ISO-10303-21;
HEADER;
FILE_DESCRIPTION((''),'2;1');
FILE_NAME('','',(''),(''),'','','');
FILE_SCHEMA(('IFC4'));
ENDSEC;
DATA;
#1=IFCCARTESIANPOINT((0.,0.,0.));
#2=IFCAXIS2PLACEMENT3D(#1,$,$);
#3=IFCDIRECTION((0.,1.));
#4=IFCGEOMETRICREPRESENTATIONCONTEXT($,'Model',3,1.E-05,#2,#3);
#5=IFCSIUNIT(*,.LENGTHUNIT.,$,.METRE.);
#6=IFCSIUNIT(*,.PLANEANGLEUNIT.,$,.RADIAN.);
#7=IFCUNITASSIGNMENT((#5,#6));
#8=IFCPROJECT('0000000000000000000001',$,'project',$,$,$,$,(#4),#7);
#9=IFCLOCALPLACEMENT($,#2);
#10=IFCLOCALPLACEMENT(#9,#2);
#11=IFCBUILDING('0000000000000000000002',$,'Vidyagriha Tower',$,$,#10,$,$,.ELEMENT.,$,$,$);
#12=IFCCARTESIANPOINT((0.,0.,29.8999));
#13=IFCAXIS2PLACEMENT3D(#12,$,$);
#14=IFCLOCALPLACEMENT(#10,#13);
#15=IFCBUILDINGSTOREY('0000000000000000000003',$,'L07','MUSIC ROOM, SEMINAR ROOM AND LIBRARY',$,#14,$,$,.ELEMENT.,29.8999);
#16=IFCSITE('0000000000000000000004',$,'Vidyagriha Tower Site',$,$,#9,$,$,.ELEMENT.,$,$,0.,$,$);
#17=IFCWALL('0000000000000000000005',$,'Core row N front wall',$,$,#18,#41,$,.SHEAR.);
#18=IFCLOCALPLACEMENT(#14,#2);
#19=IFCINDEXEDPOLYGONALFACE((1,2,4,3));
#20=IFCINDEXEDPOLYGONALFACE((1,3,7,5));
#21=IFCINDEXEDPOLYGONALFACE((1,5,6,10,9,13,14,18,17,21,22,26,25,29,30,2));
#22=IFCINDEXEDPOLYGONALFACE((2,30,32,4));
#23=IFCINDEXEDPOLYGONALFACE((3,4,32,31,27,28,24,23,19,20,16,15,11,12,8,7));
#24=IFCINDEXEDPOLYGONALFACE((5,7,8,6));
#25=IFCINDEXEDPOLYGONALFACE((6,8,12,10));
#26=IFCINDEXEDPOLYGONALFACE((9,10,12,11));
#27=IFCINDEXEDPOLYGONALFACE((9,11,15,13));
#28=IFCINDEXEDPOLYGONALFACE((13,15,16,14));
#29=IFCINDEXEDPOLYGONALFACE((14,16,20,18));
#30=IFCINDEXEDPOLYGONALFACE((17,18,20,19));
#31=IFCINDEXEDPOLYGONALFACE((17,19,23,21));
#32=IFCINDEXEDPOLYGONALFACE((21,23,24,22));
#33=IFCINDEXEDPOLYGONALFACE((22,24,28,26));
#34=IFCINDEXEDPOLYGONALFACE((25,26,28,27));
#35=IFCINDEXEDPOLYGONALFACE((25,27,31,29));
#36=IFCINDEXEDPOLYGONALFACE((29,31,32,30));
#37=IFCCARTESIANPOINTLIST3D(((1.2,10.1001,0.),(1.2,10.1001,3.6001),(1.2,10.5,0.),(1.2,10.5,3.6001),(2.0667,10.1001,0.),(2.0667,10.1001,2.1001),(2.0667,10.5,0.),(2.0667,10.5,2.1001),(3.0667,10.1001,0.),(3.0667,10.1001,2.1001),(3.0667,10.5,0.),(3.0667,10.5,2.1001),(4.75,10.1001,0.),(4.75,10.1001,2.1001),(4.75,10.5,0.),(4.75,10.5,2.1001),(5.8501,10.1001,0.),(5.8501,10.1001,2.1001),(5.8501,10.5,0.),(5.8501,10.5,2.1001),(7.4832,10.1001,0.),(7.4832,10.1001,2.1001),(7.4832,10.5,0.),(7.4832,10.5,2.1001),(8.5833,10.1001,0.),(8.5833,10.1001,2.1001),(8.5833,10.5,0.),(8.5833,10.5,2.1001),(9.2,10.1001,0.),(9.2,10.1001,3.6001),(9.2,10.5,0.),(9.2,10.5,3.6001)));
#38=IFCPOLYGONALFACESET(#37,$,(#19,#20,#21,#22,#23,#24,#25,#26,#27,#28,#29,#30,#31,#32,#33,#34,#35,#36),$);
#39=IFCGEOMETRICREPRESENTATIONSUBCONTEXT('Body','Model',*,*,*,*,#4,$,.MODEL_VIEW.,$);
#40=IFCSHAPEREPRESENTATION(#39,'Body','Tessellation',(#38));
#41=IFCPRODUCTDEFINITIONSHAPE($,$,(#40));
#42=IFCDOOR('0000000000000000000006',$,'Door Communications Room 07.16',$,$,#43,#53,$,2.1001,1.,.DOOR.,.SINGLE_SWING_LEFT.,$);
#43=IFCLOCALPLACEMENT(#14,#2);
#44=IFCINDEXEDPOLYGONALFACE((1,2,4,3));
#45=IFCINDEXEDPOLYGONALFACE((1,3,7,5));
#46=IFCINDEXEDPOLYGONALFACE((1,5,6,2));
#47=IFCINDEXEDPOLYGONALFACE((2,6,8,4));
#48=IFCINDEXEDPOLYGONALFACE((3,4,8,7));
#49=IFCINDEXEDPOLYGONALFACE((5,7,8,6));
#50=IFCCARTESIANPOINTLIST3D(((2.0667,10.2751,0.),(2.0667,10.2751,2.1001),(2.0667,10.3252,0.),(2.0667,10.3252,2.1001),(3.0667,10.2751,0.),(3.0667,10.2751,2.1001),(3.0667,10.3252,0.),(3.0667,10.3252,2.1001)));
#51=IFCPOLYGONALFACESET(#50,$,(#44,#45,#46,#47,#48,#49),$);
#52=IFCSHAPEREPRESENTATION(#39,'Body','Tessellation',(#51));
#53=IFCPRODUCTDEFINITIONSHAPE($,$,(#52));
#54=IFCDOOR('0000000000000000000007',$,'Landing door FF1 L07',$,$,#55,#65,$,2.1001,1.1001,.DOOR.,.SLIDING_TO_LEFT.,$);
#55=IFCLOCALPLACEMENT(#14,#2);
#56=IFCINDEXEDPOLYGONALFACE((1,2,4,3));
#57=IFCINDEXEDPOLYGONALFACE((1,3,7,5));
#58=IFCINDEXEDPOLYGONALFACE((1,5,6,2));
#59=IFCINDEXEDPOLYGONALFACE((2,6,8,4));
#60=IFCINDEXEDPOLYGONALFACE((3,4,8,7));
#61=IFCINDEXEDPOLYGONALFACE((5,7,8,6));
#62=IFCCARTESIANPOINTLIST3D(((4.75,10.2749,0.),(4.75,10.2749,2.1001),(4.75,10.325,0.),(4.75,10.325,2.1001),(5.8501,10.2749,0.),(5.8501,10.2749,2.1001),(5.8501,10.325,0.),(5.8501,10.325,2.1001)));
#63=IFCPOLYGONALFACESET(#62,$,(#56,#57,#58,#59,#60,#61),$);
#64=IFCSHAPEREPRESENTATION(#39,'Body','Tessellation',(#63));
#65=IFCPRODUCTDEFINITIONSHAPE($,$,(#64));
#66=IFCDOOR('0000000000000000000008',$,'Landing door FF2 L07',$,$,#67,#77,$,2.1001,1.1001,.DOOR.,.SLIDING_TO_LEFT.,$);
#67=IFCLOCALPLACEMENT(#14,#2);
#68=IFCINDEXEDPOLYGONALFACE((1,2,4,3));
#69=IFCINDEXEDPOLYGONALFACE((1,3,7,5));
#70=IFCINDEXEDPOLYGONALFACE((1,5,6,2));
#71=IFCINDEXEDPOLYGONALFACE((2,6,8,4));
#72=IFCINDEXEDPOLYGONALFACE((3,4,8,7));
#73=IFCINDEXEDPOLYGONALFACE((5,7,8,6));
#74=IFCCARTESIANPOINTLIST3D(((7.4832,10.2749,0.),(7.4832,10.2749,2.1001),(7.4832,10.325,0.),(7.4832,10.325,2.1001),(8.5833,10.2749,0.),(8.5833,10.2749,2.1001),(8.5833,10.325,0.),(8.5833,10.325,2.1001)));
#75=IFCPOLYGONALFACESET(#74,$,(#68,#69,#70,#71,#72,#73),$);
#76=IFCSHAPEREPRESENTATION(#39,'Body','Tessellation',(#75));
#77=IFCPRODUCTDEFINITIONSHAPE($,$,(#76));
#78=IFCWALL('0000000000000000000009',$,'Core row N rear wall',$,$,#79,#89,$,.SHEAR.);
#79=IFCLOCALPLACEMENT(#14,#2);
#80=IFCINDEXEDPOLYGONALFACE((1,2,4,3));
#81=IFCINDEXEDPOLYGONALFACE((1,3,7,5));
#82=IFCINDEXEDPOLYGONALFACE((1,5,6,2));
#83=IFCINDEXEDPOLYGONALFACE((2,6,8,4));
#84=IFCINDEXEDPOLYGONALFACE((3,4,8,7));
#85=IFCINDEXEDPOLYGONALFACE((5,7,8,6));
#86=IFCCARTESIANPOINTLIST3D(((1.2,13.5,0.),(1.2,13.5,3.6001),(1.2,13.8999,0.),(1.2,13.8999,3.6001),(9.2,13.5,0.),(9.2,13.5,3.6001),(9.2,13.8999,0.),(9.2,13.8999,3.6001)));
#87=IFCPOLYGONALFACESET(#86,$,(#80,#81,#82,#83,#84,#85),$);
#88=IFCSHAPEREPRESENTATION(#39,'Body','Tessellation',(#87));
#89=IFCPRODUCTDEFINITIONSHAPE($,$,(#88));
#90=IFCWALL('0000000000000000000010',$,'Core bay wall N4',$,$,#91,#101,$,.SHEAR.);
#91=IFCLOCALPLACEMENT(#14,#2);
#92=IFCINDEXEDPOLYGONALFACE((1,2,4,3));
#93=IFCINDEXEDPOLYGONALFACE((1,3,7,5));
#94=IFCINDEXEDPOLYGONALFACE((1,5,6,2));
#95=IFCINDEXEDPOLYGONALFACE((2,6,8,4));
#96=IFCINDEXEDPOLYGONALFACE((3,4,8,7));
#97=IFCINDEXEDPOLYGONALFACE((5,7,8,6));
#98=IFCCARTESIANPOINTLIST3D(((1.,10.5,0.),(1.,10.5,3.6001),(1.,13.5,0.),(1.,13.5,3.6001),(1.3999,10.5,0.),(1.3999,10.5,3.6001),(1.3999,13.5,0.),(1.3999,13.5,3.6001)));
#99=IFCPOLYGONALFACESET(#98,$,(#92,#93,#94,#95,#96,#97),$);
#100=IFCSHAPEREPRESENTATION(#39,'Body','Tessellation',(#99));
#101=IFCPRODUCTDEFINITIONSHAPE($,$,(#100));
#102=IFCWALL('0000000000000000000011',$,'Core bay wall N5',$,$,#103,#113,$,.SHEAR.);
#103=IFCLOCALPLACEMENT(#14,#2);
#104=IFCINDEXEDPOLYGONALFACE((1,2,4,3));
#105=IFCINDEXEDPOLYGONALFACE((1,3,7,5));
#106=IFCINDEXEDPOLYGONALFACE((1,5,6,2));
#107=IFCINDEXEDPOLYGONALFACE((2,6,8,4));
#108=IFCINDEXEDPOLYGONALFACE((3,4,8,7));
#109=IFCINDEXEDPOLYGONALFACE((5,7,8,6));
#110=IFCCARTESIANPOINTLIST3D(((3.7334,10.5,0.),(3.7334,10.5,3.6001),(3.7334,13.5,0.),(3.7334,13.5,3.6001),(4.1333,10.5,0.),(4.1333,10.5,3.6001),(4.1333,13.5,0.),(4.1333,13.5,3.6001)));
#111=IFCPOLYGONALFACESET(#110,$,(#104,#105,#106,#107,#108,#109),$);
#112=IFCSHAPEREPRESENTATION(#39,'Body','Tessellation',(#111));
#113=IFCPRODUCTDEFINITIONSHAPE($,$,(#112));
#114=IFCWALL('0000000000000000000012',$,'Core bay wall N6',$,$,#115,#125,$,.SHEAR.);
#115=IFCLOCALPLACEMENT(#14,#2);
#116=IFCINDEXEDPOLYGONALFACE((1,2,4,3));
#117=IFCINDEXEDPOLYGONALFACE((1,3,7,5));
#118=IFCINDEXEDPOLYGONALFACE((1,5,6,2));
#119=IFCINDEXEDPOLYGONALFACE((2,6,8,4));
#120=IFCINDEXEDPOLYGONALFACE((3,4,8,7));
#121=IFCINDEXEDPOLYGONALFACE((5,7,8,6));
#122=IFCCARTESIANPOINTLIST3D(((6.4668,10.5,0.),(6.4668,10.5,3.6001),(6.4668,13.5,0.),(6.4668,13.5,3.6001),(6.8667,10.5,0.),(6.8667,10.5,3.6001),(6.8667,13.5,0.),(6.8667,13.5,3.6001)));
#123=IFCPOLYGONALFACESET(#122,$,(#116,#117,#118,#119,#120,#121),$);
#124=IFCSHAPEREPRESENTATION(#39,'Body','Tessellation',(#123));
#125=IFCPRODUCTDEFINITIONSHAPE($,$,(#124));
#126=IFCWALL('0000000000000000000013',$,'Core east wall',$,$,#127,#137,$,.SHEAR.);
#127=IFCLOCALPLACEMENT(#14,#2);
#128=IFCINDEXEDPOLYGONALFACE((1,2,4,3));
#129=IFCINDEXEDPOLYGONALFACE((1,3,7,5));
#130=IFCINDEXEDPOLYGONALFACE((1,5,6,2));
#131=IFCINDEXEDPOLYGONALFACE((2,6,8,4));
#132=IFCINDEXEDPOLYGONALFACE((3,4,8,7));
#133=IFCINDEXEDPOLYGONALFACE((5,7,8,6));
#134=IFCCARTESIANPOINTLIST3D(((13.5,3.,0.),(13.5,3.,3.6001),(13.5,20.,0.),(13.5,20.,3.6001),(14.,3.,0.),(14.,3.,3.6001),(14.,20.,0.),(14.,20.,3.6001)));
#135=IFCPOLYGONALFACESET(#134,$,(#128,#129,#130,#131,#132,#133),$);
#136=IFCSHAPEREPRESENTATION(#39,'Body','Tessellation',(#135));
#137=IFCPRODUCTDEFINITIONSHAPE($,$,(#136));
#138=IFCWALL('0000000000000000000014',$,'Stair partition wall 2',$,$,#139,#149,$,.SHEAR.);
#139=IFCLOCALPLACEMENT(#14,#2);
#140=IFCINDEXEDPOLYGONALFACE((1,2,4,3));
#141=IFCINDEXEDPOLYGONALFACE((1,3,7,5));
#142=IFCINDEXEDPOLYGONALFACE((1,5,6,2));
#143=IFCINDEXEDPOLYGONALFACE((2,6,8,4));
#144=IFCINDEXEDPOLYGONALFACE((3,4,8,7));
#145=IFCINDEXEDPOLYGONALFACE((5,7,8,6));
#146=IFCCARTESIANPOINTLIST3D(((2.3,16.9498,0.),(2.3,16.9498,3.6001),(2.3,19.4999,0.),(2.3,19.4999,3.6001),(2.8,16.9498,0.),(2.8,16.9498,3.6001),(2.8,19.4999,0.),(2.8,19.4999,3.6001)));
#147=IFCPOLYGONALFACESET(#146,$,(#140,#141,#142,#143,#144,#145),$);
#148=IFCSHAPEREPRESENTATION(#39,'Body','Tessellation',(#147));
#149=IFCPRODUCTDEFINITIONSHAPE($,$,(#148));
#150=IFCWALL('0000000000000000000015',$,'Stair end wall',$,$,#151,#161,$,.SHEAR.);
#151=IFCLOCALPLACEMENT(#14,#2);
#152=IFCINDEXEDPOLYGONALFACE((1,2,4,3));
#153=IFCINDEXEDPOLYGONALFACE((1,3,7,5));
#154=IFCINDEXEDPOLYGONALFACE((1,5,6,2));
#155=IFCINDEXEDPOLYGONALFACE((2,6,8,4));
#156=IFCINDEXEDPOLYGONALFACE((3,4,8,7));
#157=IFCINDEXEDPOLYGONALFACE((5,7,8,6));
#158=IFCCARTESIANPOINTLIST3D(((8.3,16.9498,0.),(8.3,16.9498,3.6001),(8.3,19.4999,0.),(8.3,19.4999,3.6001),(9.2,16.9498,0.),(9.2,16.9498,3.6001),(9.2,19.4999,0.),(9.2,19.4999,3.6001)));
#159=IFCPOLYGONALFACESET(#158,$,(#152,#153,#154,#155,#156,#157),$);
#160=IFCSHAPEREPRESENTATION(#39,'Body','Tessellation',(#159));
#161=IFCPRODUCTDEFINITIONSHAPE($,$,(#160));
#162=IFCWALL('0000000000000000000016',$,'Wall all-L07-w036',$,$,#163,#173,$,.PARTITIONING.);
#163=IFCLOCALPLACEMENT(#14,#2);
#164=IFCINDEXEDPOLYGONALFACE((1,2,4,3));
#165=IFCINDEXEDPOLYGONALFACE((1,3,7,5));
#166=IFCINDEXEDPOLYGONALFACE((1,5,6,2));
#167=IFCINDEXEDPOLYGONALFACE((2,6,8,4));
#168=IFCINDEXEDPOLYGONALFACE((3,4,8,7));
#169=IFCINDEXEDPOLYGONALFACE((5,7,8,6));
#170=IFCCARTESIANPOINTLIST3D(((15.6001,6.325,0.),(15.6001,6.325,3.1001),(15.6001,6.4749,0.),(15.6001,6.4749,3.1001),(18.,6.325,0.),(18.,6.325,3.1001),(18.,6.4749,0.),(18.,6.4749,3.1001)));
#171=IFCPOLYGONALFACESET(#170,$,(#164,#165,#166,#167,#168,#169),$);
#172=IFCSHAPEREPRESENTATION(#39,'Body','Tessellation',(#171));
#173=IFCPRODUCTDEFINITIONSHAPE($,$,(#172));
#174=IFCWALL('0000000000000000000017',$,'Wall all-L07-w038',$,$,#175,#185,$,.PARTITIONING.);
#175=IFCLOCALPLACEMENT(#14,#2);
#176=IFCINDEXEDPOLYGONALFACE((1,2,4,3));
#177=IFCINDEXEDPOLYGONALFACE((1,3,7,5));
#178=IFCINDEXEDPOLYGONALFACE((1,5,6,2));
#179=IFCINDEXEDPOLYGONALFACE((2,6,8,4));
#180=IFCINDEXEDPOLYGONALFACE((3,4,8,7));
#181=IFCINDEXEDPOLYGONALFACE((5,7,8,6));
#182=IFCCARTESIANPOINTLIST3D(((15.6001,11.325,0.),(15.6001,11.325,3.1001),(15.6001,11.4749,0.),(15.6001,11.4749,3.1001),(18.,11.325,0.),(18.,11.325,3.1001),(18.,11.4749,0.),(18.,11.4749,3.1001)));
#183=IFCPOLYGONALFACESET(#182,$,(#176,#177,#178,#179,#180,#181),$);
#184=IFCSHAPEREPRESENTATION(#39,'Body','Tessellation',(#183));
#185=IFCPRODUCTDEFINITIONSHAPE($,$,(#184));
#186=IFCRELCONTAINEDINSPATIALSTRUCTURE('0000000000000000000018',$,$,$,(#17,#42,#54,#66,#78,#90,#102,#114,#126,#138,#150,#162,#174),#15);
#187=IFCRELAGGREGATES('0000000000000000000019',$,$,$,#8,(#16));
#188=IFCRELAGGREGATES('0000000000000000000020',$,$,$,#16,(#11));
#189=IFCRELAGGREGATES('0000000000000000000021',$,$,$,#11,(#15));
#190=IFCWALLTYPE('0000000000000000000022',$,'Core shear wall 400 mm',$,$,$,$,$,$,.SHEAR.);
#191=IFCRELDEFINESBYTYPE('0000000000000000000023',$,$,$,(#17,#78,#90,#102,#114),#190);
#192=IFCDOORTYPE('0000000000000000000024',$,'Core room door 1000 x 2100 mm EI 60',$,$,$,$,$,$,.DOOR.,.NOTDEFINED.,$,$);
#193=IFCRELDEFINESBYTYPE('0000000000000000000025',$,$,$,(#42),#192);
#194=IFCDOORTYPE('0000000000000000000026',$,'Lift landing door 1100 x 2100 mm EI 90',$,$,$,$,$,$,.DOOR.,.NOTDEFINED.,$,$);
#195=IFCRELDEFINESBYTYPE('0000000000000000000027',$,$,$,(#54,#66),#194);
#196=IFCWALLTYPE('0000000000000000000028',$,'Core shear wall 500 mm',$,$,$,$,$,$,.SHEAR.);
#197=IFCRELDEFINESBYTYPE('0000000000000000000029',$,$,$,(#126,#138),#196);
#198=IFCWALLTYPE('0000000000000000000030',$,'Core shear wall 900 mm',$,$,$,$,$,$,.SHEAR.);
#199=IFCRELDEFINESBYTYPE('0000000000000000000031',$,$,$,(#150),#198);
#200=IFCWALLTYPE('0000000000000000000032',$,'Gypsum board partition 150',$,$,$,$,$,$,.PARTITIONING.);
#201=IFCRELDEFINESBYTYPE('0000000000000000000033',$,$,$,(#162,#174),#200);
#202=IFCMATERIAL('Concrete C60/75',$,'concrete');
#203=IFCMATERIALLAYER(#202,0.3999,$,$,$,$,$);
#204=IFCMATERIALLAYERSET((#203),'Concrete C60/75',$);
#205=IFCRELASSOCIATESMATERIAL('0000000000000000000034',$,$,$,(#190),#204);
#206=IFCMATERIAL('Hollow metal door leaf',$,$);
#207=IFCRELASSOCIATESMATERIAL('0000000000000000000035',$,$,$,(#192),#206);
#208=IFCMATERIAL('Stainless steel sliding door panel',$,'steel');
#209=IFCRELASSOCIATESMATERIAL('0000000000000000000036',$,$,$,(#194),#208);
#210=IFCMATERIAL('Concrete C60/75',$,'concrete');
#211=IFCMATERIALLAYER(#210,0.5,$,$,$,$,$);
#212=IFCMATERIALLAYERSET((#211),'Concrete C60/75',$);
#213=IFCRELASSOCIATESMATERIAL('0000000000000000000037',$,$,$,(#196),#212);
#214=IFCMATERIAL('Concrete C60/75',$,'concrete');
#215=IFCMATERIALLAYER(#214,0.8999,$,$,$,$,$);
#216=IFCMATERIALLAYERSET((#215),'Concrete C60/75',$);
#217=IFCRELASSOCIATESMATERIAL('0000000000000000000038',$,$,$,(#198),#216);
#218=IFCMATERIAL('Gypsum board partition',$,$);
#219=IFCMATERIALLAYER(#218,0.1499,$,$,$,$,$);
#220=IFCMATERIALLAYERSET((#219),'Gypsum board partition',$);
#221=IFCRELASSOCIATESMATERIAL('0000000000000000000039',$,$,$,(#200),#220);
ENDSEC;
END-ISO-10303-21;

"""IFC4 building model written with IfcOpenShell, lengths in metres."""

from ifc_helpers import new_model, si_unit, direction, frame, frame_2d, origin, place, context, subcontext, project, spatial, rectangle, extrude, material, layer, layer_set, type_object, element, fill, save


model = new_model("IFC4")

# Units and contexts
model_context = context("Model", 3, precision=1e-05, world=origin(), true_north=direction((0.0, 1.0)))
body_context = subcontext(model_context, "Body", "Model", "MODEL_VIEW")
ifc_project = project(units=[si_unit("LENGTHUNIT", "METRE"), si_unit("PLANEANGLEUNIT", "RADIAN")], contexts=[model_context])

# Site, building, storey
site_placement = place(None, origin())
site = spatial("IfcSite", under=ifc_project, at=site_placement, Name="Vidyagriha Tower Site", CompositionType="ELEMENT", RefElevation=0.0)
building_placement = place(site_placement, origin())
building = spatial("IfcBuilding", under=site, at=building_placement, Name="Vidyagriha Tower", CompositionType="ELEMENT")
storey_placement = place(building_placement, frame((0.0, 0.0, 29.8999)))
storey = spatial("IfcBuildingStorey", under=building, at=storey_placement, Name="L07", Description="MUSIC ROOM, SEMINAR ROOM AND LIBRARY", CompositionType="ELEMENT", Elevation=29.8999)

# Shared definitions
ifc_material_1 = material(Name="Concrete C60/75", Category="concrete")
ifc_layer_1 = layer(ifc_material_1, 0.3999)
ifc_layer_set_1 = layer_set([ifc_layer_1], Name="Concrete C60/75")
wall_type_1 = type_object("IfcWallType", Name="Core shear wall 400 mm", PredefinedType="SHEAR", material=ifc_layer_set_1)
ifc_material_2 = material(Name="Hollow metal door leaf")
door_type_1 = type_object("IfcDoorType", Name="Core room door 1000 x 2100 mm EI 60", OperationType="NOTDEFINED", PredefinedType="DOOR", material=ifc_material_2)

# Wall, openings, doors
wall_1_placement = place(storey_placement, frame((1.2, 10.3, 0.0)))
wall_1 = element("IfcWall", 1, at=wall_1_placement, inside=storey, type_object=wall_type_1, Name="Core row N front wall", PredefinedType="SHEAR", context=body_context, shape_type="SweptSolid", body=[
    extrude(rectangle(XDim=8.0, YDim=0.3999, at=frame_2d((4.0, 0.0))), origin(), (0.0, 0.0, 1.0), 3.6001),
])
opening_1_placement = place(wall_1_placement, frame((3.55, 0.0, 0.0)))
opening_1 = element("IfcOpeningElement", 2, at=opening_1_placement, cuts=wall_1, PredefinedType="OPENING", context=body_context, shape_type="SweptSolid", body=[
    extrude(rectangle(XDim=1.1001, YDim=2.1001, at=frame_2d((0.55, 1.05))), frame((0.0, 0.21, 0.0), z_axis=(0.0, -1.0, 0.0), x_axis=(1.0, 0.0, 0.0)), (0.0, 0.0, 1.0), 0.4199),
])
opening_2_placement = place(wall_1_placement, frame((6.2832, 0.0, 0.0)))
opening_2 = element("IfcOpeningElement", 3, at=opening_2_placement, cuts=wall_1, PredefinedType="OPENING", context=body_context, shape_type="SweptSolid", body=[
    extrude(rectangle(XDim=1.1001, YDim=2.1001, at=frame_2d((0.55, 1.05))), frame((0.0, 0.21, 0.0), z_axis=(0.0, -1.0, 0.0), x_axis=(1.0, 0.0, 0.0)), (0.0, 0.0, 1.0), 0.4199),
])
opening_3_placement = place(wall_1_placement, frame((0.8667, 0.0, 0.0)))
opening_3 = element("IfcOpeningElement", 4, at=opening_3_placement, cuts=wall_1, PredefinedType="OPENING", context=body_context, shape_type="SweptSolid", body=[
    extrude(rectangle(XDim=1.0, YDim=2.1001, at=frame_2d((0.5, 1.05))), frame((0.0, 0.21, 0.0), z_axis=(0.0, -1.0, 0.0), x_axis=(1.0, 0.0, 0.0)), (0.0, 0.0, 1.0), 0.4199),
])
door_1_placement = place(opening_3_placement, frame((1.0, 0.0, 0.0), z_axis=(0.0, 0.0, 1.0), x_axis=(-1.0, 0.0, 0.0)))
door_1 = element("IfcDoor", 5, at=door_1_placement, inside=storey, type_object=door_type_1, Name="Door Communications Room 07.16", OperationType="SINGLE_SWING_LEFT", OverallHeight=2.1001, OverallWidth=1.0, PredefinedType="DOOR", context=body_context, shape_type="SweptSolid", body=[
    extrude(rectangle(XDim=1.0, YDim=2.1001, at=frame_2d((0.5, 1.05))), frame((0.0, 0.0249, 0.0), z_axis=(0.0, -1.0, 0.0), x_axis=(1.0, 0.0, 0.0)), (0.0, 0.0, 1.0), 0.05),
])
fill(opening_3, door_1)
ifc_material_3 = material(Name="Stainless steel sliding door panel", Category="steel")
door_type_2 = type_object("IfcDoorType", Name="Lift landing door 1100 x 2100 mm EI 90", OperationType="NOTDEFINED", PredefinedType="DOOR", material=ifc_material_3)
door_2_placement = place(opening_1_placement, origin())
door_2 = element("IfcDoor", 6, at=door_2_placement, inside=storey, type_object=door_type_2, Name="Landing door FF1 L07", OperationType="SLIDING_TO_LEFT", OverallHeight=2.1001, OverallWidth=1.1001, PredefinedType="DOOR", context=body_context, shape_type="SweptSolid", body=[
    extrude(rectangle(XDim=1.1001, YDim=2.1001, at=frame_2d((0.55, 1.05))), frame((0.0, 0.0249, 0.0), z_axis=(0.0, -1.0, 0.0), x_axis=(1.0, 0.0, 0.0)), (0.0, 0.0, 1.0), 0.05),
])
fill(opening_1, door_2)
door_3_placement = place(opening_2_placement, origin())
door_3 = element("IfcDoor", 7, at=door_3_placement, inside=storey, type_object=door_type_2, Name="Landing door FF2 L07", OperationType="SLIDING_TO_LEFT", OverallHeight=2.1001, OverallWidth=1.1001, PredefinedType="DOOR", context=body_context, shape_type="SweptSolid", body=[
    extrude(rectangle(XDim=1.1001, YDim=2.1001, at=frame_2d((0.55, 1.05))), frame((0.0, 0.0249, 0.0), z_axis=(0.0, -1.0, 0.0), x_axis=(1.0, 0.0, 0.0)), (0.0, 0.0, 1.0), 0.05),
])
fill(opening_2, door_3)

# Walls
wall_2_placement = place(storey_placement, frame((1.2, 13.7, 0.0)))
element("IfcWall", 8, at=wall_2_placement, inside=storey, type_object=wall_type_1, Name="Core row N rear wall", PredefinedType="SHEAR", context=body_context, shape_type="SweptSolid", body=[
    extrude(rectangle(XDim=8.0, YDim=0.3999, at=frame_2d((4.0, 0.0))), origin(), (0.0, 0.0, 1.0), 3.6001),
])
for number, where, z_axis, x_axis, name in (
    (9, (1.2, 10.5, 0.0), (0.0, 0.0, 1.0), (0.0, 1.0, 0.0), "Core bay wall N4"),
    (10, (3.9333, 10.5, 0.0), (0.0, 0.0, 1.0), (0.0, 1.0, 0.0), "Core bay wall N5"),
    (11, (6.6667, 10.5, 0.0), (0.0, 0.0, 1.0), (0.0, 1.0, 0.0), "Core bay wall N6"),
):
    element("IfcWall", number, at=place(storey_placement, frame(where, z_axis=z_axis, x_axis=x_axis)), inside=storey, type_object=wall_type_1, Name=name, PredefinedType="SHEAR", context=body_context, shape_type="SweptSolid", body=[
        extrude(rectangle(XDim=3.0, YDim=0.3999, at=frame_2d((1.5, 0.0))), origin(), (0.0, 0.0, 1.0), 3.6001),
    ])
ifc_material_4 = material(Name="Concrete C60/75", Category="concrete")
ifc_layer_2 = layer(ifc_material_4, 0.5)
ifc_layer_set_2 = layer_set([ifc_layer_2], Name="Concrete C60/75")
wall_type_2 = type_object("IfcWallType", Name="Core shear wall 500 mm", PredefinedType="SHEAR", material=ifc_layer_set_2)
wall_3_placement = place(storey_placement, frame((13.75, 3.0, 0.0), z_axis=(0.0, 0.0, 1.0), x_axis=(0.0, 1.0, 0.0)))
element("IfcWall", 12, at=wall_3_placement, inside=storey, type_object=wall_type_2, Name="Core east wall", PredefinedType="SHEAR", context=body_context, shape_type="SweptSolid", body=[
    extrude(rectangle(XDim=17.0, YDim=0.5, at=frame_2d((8.5, 0.0))), origin(), (0.0, 0.0, 1.0), 3.6001),
])
wall_4_placement = place(storey_placement, frame((2.55, 16.95, 0.0), z_axis=(0.0, 0.0, 1.0), x_axis=(0.0, 1.0, 0.0)))
element("IfcWall", 13, at=wall_4_placement, inside=storey, type_object=wall_type_2, Name="Stair partition wall 2", PredefinedType="SHEAR", context=body_context, shape_type="SweptSolid", body=[
    extrude(rectangle(XDim=2.55, YDim=0.5, at=frame_2d((1.2749, 0.0))), origin(), (0.0, 0.0, 1.0), 3.6001),
])
ifc_material_5 = material(Name="Concrete C60/75", Category="concrete")
ifc_layer_3 = layer(ifc_material_5, 0.8999)
ifc_layer_set_3 = layer_set([ifc_layer_3], Name="Concrete C60/75")
wall_type_3 = type_object("IfcWallType", Name="Core shear wall 900 mm", PredefinedType="SHEAR", material=ifc_layer_set_3)
wall_5_placement = place(storey_placement, frame((8.75, 16.95, 0.0), z_axis=(0.0, 0.0, 1.0), x_axis=(0.0, 1.0, 0.0)))
element("IfcWall", 14, at=wall_5_placement, inside=storey, type_object=wall_type_3, Name="Stair end wall", PredefinedType="SHEAR", context=body_context, shape_type="SweptSolid", body=[
    extrude(rectangle(XDim=2.55, YDim=0.8999, at=frame_2d((1.2749, 0.0))), origin(), (0.0, 0.0, 1.0), 3.6001),
])
ifc_material_6 = material(Name="Gypsum board partition")
ifc_layer_4 = layer(ifc_material_6, 0.1499)
ifc_layer_set_4 = layer_set([ifc_layer_4], Name="Gypsum board partition")
wall_type_4 = type_object("IfcWallType", Name="Gypsum board partition 150", PredefinedType="PARTITIONING", material=ifc_layer_set_4)
for number, where, name in (
    (15, (15.6001, 6.3999, 0.0), "Wall all-L07-w036"),
    (16, (15.6001, 11.3999, 0.0), "Wall all-L07-w038"),
):
    element("IfcWall", number, at=place(storey_placement, frame(where)), inside=storey, type_object=wall_type_4, Name=name, PredefinedType="PARTITIONING", context=body_context, shape_type="SweptSolid", body=[
        extrude(rectangle(XDim=2.3999, YDim=0.1499, at=frame_2d((1.2, 0.0))), origin(), (0.0, 0.0, 1.0), 3.1001),
    ])

save(model, "model.ifc")
